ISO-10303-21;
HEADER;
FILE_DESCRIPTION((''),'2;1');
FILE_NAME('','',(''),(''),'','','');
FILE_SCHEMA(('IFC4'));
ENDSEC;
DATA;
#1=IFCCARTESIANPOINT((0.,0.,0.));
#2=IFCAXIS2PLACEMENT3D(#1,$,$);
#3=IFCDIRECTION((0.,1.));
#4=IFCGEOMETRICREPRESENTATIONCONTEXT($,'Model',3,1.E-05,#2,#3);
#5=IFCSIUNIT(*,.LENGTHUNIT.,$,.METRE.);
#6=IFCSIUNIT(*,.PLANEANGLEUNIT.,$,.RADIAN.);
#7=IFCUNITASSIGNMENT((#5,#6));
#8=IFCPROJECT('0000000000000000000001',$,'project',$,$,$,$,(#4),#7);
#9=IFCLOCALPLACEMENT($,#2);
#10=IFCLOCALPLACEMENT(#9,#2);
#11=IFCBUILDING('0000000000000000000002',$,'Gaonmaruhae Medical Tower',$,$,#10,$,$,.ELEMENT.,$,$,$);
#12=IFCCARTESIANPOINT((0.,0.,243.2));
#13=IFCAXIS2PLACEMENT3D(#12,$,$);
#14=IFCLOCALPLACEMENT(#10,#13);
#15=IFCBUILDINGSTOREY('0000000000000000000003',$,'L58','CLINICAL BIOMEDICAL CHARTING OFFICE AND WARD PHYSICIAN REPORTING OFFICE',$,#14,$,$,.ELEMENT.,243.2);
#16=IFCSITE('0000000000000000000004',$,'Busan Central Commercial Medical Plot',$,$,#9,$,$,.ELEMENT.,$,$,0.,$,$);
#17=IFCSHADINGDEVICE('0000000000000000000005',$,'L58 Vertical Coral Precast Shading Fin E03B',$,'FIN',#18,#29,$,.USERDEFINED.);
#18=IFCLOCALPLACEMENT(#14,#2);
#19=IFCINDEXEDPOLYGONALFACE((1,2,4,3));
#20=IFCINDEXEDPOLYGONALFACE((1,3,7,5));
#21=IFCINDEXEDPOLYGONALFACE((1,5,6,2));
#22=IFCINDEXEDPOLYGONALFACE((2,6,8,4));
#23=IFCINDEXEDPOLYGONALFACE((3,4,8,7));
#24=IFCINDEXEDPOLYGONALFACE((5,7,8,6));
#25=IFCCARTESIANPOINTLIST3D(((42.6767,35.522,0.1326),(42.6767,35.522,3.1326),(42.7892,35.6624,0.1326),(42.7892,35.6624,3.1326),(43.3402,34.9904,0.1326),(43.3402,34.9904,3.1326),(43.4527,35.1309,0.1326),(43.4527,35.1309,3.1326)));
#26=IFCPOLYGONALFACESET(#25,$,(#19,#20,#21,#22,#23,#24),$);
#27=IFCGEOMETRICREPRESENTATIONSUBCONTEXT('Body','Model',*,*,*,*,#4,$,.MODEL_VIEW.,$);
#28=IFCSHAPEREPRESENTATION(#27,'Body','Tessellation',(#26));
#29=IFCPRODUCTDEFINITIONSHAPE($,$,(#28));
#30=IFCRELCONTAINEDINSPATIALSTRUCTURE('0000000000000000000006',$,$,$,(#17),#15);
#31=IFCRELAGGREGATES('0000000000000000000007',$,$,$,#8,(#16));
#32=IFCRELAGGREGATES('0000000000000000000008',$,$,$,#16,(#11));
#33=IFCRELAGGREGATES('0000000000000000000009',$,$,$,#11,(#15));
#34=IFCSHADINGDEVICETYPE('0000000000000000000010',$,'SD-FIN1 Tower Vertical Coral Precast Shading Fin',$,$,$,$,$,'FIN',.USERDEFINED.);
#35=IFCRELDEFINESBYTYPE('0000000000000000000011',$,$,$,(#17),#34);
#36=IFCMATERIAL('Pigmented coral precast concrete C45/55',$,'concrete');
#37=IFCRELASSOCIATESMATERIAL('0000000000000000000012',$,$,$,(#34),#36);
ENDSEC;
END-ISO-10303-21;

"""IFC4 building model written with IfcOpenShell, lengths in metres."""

from ifc_helpers import new_model, si_unit, direction, frame, origin, origin_2d, place, context, subcontext, project, spatial, rectangle, extrude, material, type_object, element, save


model = new_model("IFC4")

# Units and contexts
model_context = context("Model", 3, precision=1e-05, world=origin(), true_north=direction((0.0, 1.0)))
body_context = subcontext(model_context, "Body", "Model", "MODEL_VIEW")
ifc_project = project(units=[si_unit("LENGTHUNIT", "METRE"), si_unit("PLANEANGLEUNIT", "RADIAN")], contexts=[model_context])

# Site, building, storey
site_placement = place(None, origin())
site = spatial("IfcSite", under=ifc_project, at=site_placement, Name="Busan Central Commercial Medical Plot", CompositionType="ELEMENT", RefElevation=0.0)
building_placement = place(site_placement, origin())
building = spatial("IfcBuilding", under=site, at=building_placement, Name="Gaonmaruhae Medical Tower", CompositionType="ELEMENT")
storey_placement = place(building_placement, frame((0.0, 0.0, 243.2)))
storey = spatial("IfcBuildingStorey", under=building, at=storey_placement, Name="L58", Description="CLINICAL BIOMEDICAL CHARTING OFFICE AND WARD PHYSICIAN REPORTING OFFICE", CompositionType="ELEMENT", Elevation=243.2)

# Shading device
ifc_material_1 = material(Name="Pigmented coral precast concrete C45/55", Category="concrete")
shading_device_type = type_object("IfcShadingDeviceType", Name="SD-FIN1 Tower Vertical Coral Precast Shading Fin", ElementType="FIN", PredefinedType="USERDEFINED", material=ifc_material_1)
for number, where, z_axis, x_axis, name in (
    (1, (43.0647, 35.3264, 0.1326), (0.0, 0.0, 1.0), (0.625243, 0.78043, 0.0), "L58 Vertical Coral Precast Shading Fin E03B"),
):
    element("IfcShadingDevice", number, at=place(storey_placement, frame(where, z_axis=z_axis, x_axis=x_axis)), inside=storey, type_object=shading_device_type, Name=name, ObjectType="FIN", PredefinedType="USERDEFINED", context=body_context, shape_type="SweptSolid", body=[
        extrude(rectangle(XDim=0.1799, YDim=0.8501, at=origin_2d()), origin(), (0.0, 0.0, 1.0), 3.0),
    ])

save(model, "model.ifc")
